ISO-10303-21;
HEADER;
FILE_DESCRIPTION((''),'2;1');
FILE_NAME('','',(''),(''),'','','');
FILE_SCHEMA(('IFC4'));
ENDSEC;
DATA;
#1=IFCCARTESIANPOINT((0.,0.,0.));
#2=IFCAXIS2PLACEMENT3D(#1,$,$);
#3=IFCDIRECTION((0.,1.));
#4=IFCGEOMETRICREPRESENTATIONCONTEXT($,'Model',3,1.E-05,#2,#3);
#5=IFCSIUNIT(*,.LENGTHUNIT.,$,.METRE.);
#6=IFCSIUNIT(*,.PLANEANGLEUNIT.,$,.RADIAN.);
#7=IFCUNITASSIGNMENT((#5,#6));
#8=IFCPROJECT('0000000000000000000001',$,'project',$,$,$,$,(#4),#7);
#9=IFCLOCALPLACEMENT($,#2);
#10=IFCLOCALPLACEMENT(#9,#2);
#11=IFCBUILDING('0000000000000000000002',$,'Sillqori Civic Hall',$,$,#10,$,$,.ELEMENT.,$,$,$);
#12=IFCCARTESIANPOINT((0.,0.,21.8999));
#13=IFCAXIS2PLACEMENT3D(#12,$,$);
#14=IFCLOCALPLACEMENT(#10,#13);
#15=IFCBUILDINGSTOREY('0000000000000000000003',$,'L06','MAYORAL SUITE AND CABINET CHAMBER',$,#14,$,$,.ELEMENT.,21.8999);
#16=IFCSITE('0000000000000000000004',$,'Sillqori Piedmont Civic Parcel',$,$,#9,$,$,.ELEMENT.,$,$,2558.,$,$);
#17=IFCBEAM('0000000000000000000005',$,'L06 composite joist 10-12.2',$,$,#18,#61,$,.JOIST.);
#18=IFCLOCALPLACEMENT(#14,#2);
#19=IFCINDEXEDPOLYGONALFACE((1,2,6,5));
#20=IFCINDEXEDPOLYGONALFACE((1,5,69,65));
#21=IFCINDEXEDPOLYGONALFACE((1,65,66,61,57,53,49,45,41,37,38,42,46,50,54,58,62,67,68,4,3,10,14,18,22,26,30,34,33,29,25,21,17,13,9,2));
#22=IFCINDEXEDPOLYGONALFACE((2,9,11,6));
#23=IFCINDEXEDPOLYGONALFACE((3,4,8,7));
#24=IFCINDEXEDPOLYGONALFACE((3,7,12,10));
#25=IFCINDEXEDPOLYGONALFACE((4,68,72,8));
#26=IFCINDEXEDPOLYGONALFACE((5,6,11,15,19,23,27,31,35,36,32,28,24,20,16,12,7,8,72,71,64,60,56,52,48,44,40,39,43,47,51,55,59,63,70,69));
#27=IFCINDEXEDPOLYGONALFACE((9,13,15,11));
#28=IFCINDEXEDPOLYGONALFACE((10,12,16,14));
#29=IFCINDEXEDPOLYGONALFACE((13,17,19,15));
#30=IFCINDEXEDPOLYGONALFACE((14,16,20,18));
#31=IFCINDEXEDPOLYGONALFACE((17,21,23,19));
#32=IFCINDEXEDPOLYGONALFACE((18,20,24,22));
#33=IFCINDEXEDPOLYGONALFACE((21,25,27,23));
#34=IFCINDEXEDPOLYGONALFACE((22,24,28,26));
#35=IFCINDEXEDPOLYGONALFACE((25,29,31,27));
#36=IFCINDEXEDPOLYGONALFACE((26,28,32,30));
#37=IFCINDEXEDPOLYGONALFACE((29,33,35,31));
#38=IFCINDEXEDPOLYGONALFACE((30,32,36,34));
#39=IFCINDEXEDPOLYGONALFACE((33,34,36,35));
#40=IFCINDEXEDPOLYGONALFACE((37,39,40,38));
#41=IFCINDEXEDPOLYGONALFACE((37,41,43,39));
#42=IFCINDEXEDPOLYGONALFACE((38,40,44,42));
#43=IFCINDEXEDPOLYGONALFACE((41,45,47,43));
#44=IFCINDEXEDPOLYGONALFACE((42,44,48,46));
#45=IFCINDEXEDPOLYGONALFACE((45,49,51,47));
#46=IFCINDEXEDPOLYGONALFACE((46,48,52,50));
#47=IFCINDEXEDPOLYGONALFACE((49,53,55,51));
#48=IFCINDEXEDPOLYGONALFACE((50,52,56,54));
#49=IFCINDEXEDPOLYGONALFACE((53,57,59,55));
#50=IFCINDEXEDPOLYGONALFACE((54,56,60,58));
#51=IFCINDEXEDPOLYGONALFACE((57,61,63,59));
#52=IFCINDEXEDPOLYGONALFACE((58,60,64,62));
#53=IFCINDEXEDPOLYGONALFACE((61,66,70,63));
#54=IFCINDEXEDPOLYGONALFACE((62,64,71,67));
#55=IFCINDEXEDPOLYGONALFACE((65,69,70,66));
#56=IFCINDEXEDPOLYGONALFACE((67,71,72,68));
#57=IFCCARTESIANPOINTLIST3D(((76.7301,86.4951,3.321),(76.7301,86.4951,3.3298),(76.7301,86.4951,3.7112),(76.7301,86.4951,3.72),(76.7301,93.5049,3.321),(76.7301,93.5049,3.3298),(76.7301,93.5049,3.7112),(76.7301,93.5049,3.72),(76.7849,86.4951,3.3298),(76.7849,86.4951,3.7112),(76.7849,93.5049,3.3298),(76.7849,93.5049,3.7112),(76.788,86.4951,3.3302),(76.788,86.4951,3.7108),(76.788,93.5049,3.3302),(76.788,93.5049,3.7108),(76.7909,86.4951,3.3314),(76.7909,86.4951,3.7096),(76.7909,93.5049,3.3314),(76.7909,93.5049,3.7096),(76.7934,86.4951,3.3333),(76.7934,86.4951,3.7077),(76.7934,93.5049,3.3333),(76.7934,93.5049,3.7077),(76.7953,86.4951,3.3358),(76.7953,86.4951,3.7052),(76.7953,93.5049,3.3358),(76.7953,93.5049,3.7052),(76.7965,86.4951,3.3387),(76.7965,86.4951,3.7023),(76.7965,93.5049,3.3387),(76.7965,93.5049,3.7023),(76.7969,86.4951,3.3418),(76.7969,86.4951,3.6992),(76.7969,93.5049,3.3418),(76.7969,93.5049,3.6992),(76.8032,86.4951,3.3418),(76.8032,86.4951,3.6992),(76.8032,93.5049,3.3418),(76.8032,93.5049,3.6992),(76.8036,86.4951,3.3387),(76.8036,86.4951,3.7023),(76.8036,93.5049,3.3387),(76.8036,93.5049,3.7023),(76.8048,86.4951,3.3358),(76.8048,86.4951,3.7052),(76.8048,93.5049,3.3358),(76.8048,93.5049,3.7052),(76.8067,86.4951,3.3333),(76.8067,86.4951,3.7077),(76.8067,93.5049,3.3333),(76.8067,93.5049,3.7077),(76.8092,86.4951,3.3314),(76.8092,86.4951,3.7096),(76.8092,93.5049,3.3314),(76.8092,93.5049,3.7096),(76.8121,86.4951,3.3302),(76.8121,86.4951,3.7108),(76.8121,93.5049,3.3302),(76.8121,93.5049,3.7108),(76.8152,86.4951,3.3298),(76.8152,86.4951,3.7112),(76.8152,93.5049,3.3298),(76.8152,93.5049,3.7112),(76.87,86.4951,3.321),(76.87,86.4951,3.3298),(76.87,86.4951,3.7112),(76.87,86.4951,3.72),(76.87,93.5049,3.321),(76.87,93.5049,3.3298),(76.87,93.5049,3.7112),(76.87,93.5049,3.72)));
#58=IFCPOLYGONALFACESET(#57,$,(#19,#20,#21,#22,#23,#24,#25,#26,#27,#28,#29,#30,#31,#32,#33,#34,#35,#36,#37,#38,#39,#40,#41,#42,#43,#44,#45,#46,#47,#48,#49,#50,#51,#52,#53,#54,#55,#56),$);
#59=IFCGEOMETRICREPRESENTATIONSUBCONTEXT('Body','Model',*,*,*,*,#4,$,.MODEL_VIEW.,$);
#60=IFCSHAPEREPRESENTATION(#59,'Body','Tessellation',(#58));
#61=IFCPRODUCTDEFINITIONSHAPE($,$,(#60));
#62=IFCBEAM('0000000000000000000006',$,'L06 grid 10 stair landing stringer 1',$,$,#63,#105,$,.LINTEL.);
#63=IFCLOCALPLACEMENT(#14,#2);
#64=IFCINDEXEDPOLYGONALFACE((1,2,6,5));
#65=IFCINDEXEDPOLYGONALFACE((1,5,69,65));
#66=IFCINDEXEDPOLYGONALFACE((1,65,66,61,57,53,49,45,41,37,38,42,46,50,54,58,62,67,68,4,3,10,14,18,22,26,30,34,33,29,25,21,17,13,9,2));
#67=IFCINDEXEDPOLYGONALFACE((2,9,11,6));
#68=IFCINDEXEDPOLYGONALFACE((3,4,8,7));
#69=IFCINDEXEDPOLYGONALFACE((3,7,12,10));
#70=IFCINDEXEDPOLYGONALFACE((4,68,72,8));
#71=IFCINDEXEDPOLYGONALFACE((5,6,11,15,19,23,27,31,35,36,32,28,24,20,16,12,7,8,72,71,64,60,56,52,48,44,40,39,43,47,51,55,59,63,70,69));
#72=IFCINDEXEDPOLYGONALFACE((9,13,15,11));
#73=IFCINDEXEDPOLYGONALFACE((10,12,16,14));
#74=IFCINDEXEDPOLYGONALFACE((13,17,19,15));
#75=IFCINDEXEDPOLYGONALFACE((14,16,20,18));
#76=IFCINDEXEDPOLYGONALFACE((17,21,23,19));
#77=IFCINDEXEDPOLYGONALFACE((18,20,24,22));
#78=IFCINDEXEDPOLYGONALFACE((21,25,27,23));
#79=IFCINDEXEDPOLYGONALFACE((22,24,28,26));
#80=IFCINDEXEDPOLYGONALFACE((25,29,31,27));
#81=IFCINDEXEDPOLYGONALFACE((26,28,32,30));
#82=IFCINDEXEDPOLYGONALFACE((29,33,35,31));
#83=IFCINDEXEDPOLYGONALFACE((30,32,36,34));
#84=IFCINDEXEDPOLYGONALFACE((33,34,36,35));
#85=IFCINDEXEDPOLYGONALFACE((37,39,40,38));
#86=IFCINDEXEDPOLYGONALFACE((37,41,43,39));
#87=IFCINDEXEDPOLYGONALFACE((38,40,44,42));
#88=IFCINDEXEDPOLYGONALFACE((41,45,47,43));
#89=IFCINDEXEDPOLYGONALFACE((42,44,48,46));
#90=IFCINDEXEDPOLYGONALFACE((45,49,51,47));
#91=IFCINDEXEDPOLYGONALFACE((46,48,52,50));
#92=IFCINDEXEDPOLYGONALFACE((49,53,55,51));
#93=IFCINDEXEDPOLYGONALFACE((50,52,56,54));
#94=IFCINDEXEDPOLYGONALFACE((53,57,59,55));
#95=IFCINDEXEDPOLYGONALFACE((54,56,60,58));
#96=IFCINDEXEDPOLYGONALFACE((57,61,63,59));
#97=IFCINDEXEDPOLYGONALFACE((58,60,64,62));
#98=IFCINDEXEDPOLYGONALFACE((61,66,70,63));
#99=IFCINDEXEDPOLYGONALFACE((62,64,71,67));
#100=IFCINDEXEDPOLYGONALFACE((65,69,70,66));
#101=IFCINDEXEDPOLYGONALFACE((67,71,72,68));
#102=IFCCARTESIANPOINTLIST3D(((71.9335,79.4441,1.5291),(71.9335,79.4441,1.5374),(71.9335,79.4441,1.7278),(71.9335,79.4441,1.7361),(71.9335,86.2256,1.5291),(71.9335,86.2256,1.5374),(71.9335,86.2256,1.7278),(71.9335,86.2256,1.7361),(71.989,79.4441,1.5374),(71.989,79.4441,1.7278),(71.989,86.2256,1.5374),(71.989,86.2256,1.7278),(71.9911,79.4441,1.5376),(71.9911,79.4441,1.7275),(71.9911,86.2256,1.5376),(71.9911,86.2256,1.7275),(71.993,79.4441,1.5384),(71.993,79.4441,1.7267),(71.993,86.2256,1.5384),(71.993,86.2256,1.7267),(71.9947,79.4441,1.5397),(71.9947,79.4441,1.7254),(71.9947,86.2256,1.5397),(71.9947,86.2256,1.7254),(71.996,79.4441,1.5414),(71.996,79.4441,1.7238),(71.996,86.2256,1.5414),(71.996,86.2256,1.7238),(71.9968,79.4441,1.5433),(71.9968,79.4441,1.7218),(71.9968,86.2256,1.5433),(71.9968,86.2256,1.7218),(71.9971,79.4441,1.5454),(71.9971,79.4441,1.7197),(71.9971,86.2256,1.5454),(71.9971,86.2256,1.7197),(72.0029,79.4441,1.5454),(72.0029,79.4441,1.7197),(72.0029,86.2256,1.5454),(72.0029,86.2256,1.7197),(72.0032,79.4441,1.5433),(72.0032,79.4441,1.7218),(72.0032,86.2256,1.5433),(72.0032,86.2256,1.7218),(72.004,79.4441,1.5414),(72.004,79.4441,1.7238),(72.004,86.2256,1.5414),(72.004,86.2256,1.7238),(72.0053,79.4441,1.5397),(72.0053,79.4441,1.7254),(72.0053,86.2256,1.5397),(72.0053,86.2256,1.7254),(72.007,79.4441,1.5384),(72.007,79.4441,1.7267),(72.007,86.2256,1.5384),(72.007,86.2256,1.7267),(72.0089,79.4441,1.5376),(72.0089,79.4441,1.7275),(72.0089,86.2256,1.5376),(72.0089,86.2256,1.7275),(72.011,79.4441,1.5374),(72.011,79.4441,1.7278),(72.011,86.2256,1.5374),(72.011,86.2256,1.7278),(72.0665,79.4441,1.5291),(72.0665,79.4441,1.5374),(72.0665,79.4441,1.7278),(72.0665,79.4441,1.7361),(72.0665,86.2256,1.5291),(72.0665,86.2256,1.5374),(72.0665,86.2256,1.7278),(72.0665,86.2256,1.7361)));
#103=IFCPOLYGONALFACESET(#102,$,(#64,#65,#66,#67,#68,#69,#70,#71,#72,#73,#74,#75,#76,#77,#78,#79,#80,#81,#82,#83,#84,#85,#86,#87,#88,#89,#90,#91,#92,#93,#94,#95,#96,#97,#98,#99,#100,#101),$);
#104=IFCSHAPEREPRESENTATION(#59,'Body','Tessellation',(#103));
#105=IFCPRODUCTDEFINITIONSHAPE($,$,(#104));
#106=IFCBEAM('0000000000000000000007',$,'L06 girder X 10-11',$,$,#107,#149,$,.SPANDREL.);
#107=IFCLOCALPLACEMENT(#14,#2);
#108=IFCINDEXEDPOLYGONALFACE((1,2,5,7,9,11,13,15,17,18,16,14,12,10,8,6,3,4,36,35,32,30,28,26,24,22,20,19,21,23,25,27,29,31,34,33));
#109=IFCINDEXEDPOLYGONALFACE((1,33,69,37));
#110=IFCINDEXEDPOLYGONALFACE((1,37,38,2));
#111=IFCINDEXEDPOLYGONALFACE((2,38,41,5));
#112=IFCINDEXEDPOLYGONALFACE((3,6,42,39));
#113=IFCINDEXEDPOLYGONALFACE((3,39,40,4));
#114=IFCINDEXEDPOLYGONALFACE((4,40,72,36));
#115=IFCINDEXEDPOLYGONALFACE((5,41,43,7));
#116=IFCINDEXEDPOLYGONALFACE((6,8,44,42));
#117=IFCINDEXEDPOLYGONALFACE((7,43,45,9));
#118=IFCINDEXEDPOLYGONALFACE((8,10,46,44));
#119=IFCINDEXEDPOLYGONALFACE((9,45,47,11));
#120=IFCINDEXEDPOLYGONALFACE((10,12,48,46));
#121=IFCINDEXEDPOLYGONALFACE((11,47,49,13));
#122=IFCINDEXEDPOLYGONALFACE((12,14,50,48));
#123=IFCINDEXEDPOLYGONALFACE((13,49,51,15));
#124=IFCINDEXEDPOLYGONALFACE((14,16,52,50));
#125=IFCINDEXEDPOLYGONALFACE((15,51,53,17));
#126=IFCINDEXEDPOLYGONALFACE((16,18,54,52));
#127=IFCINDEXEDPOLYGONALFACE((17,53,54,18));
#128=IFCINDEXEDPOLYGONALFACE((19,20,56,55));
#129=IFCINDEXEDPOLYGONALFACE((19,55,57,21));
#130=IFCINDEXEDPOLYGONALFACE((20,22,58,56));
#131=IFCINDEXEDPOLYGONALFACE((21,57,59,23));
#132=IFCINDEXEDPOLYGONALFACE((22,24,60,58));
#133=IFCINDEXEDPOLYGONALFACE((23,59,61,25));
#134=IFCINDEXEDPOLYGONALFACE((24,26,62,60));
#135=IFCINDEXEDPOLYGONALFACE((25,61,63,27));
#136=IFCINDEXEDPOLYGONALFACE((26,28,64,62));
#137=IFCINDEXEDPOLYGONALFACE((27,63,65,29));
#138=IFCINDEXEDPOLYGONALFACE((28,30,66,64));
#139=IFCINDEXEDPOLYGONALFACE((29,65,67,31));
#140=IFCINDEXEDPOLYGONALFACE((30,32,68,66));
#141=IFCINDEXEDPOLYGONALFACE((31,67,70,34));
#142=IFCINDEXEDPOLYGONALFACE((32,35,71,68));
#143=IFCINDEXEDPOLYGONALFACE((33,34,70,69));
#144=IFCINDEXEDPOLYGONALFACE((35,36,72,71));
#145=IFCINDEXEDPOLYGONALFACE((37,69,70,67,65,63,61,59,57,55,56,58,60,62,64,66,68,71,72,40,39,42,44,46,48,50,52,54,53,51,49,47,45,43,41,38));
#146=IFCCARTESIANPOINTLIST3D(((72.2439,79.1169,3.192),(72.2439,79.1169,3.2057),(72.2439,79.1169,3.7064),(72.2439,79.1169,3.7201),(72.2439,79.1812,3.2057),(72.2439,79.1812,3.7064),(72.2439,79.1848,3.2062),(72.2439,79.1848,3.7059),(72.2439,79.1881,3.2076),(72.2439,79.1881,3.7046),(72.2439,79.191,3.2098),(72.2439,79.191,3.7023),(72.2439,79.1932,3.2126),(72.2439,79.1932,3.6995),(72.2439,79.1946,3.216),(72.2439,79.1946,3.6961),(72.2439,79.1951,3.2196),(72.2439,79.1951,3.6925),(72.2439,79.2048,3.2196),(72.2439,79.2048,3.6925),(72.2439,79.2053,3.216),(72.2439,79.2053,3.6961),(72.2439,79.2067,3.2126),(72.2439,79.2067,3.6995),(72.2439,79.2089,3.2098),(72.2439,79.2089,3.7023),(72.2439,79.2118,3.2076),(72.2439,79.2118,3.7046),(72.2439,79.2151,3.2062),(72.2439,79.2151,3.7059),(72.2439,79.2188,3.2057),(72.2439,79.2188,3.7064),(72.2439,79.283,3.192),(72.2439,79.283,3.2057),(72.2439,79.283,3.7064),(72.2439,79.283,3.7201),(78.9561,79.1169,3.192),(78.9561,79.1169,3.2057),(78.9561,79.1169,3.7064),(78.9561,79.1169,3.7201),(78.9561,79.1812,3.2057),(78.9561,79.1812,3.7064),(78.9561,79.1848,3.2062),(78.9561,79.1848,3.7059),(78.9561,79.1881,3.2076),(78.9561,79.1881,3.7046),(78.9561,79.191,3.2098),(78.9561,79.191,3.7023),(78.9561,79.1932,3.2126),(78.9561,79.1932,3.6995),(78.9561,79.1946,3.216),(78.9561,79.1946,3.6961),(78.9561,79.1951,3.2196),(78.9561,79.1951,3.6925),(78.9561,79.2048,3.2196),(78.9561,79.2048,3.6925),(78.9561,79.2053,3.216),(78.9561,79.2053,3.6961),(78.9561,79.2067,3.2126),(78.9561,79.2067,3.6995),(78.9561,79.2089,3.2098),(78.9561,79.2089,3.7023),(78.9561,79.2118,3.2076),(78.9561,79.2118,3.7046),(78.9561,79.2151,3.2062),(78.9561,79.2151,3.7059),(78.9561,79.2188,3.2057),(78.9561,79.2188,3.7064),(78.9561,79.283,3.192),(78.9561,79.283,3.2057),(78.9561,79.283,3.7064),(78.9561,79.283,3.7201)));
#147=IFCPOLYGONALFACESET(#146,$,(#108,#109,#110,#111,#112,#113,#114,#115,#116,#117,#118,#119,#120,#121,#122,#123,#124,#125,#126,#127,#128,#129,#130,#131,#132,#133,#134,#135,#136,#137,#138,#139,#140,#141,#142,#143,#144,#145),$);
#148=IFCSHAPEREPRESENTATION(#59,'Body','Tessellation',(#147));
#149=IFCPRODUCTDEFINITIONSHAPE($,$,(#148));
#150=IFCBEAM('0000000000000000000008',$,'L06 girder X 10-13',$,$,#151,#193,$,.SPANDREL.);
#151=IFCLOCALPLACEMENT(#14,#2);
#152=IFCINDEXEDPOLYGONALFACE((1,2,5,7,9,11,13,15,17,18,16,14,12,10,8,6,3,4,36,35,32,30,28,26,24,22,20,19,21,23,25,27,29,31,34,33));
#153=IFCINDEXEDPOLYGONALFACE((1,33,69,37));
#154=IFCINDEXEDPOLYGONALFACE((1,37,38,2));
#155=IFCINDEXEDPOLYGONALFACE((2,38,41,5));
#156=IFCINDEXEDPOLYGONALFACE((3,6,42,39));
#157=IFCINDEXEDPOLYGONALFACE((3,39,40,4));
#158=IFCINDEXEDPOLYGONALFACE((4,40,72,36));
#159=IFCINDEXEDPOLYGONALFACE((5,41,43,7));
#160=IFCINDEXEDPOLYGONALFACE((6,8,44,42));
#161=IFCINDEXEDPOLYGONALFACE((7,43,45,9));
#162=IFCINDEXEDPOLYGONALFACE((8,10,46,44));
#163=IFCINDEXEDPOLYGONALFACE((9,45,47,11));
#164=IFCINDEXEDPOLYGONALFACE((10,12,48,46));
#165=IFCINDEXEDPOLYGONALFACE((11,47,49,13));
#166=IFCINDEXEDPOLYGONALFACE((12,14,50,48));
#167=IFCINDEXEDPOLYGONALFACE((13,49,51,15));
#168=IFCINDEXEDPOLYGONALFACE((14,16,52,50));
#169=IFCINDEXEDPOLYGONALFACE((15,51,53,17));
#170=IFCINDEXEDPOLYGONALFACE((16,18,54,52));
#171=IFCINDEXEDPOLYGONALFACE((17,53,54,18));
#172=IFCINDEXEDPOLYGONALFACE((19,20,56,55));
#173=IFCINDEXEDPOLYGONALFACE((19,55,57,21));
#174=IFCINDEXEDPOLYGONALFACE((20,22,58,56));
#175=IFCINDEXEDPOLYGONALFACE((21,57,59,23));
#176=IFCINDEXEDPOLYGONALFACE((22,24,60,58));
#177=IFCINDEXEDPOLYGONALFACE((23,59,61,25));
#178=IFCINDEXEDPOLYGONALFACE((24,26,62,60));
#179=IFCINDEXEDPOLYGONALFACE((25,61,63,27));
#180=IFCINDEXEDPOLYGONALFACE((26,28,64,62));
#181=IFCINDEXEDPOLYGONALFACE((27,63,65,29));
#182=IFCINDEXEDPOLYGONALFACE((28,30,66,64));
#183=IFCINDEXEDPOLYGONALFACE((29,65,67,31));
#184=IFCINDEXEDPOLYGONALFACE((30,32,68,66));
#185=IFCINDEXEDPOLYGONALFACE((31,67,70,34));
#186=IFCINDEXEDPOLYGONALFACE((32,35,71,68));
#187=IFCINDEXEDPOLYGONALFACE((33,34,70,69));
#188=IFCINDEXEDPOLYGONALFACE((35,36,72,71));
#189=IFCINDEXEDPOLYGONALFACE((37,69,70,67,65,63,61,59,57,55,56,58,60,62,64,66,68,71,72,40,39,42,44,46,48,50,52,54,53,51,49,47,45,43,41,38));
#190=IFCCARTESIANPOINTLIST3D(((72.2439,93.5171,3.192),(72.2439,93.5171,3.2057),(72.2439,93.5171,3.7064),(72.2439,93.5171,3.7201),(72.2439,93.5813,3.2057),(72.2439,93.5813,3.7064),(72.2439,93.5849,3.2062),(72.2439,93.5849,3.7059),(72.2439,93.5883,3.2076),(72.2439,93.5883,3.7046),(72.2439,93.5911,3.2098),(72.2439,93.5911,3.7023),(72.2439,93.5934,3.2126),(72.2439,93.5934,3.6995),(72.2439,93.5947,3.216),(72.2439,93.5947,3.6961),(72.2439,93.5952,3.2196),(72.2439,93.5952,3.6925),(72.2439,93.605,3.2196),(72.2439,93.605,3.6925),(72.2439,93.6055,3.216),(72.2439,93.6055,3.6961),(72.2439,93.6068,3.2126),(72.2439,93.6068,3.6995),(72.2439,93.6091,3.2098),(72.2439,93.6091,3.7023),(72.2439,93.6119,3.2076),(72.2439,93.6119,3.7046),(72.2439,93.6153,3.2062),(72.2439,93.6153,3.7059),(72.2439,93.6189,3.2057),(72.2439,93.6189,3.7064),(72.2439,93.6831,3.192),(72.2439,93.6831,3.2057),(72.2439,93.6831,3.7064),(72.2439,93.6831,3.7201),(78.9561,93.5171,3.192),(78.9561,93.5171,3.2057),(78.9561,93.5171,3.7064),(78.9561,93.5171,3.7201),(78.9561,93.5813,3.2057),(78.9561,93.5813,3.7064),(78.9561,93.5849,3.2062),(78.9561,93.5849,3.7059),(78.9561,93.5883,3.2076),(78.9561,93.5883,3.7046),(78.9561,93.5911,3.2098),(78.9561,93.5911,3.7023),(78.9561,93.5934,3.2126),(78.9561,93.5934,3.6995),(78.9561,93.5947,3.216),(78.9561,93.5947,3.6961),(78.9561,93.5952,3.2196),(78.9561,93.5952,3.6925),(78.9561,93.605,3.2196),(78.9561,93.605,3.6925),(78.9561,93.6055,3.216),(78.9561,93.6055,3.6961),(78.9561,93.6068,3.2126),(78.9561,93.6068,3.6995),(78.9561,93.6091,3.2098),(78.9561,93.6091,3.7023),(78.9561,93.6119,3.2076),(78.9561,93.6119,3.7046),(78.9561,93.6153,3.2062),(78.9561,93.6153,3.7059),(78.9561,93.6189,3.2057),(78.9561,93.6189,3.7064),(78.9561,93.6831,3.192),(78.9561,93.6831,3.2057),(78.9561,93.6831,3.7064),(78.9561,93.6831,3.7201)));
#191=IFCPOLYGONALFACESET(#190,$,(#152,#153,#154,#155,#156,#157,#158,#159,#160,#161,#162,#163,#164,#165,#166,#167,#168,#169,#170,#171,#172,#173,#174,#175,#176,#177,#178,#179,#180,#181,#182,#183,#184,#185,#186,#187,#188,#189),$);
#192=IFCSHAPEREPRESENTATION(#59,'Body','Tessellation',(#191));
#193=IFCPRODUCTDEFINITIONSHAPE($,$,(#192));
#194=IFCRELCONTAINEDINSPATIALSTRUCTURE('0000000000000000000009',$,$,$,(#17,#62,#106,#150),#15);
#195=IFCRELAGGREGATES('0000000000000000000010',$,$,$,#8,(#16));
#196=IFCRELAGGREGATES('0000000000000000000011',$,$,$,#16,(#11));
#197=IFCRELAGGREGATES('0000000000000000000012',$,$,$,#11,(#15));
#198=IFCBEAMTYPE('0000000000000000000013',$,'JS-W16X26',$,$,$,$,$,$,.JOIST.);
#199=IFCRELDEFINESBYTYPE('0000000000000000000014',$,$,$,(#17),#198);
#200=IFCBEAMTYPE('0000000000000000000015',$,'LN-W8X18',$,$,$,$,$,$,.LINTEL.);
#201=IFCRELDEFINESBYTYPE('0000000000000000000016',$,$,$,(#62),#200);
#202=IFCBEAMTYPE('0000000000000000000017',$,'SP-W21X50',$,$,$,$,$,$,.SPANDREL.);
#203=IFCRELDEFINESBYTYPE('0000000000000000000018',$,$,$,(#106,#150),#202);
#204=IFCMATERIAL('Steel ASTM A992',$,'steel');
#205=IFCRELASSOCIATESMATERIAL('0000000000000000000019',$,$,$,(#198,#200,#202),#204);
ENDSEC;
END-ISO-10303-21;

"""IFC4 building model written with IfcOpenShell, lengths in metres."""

from ifc_helpers import new_model, si_unit, direction, frame, origin, origin_2d, place, context, subcontext, project, spatial, i_section, extrude, material, material_profile, profile_set, type_object, element, save


model = new_model("IFC4")

# Units and contexts
model_context = context("Model", 3, precision=1e-05, world=origin(), true_north=direction((0.0, 1.0)))
body_context = subcontext(model_context, "Body", "Model", "MODEL_VIEW")
ifc_project = project(units=[si_unit("LENGTHUNIT", "METRE"), si_unit("PLANEANGLEUNIT", "RADIAN")], contexts=[model_context])

# Site, building, storey
site_placement = place(None, origin())
site = spatial("IfcSite", under=ifc_project, at=site_placement, Name="Sillqori Piedmont Civic Parcel", CompositionType="ELEMENT", RefElevation=2558.0)
building_placement = place(site_placement, origin())
building = spatial("IfcBuilding", under=site, at=building_placement, Name="Sillqori Civic Hall", CompositionType="ELEMENT")
storey_placement = place(building_placement, frame((0.0, 0.0, 21.8999)))
storey = spatial("IfcBuildingStorey", under=building, at=storey_placement, Name="L06", Description="MAYORAL SUITE AND CABINET CHAMBER", CompositionType="ELEMENT", Elevation=21.8999)

# Shared definitions
ifc_material_1 = material(Name="Steel ASTM A992", Category="steel")

# Beams
ifc_material_profile_1 = material_profile(ifc_material_1, i_section(OverallWidth=0.1399, OverallDepth=0.3989, WebThickness=0.0063, FlangeThickness=0.0088, FilletRadius=0.012, at=origin_2d()), Name="W16X26")
ifc_profile_set_1 = profile_set([ifc_material_profile_1], Name="Steel ASTM A992")
beam_type_1 = type_object("IfcBeamType", Name="JS-W16X26", PredefinedType="JOIST", material=ifc_profile_set_1)
for number, where, z_axis, x_axis, name in (
    (1, (76.8, 86.4951, 3.5205), (0.0, 1.0, 0.0), (-1.0, 0.0, 0.0), "L06 composite joist 10-12.2"),
):
    element("IfcBeam", number, at=place(storey_placement, frame(where, z_axis=z_axis, x_axis=x_axis)), inside=storey, type_object=beam_type_1, Name=name, PredefinedType="JOIST", context=body_context, shape_type="SweptSolid", body=[
        extrude(i_section(OverallWidth=0.1399, OverallDepth=0.3989, WebThickness=0.0063, FlangeThickness=0.0088, FilletRadius=0.012, at=origin_2d()), origin(), (0.0, 0.0, 1.0), 7.0098),
    ])
ifc_material_profile_2 = material_profile(ifc_material_1, i_section(OverallWidth=0.1331, OverallDepth=0.207, WebThickness=0.0059, FlangeThickness=0.0083, FilletRadius=0.0081, at=origin_2d()), Name="W8X18")
ifc_profile_set_2 = profile_set([ifc_material_profile_2], Name="Steel ASTM A992")
beam_type_2 = type_object("IfcBeamType", Name="LN-W8X18", PredefinedType="LINTEL", material=ifc_profile_set_2)
beam_1_placement = place(storey_placement, frame((72.0, 79.4441, 1.6326), z_axis=(0.0, 1.0, 0.0), x_axis=(-1.0, 0.0, 0.0)))
element("IfcBeam", 2, at=beam_1_placement, inside=storey, type_object=beam_type_2, Name="L06 grid 10 stair landing stringer 1", PredefinedType="LINTEL", context=body_context, shape_type="SweptSolid", body=[
    extrude(i_section(OverallWidth=0.1331, OverallDepth=0.207, WebThickness=0.0059, FlangeThickness=0.0083, FilletRadius=0.0081, at=origin_2d()), origin(), (0.0, 0.0, 1.0), 6.7815),
])
ifc_material_profile_3 = material_profile(ifc_material_1, i_section(OverallWidth=0.166, OverallDepth=0.5281, WebThickness=0.0098, FlangeThickness=0.0137, FilletRadius=0.0139, at=origin_2d()), Name="W21X50")
ifc_profile_set_3 = profile_set([ifc_material_profile_3], Name="Steel ASTM A992")
beam_type_3 = type_object("IfcBeamType", Name="SP-W21X50", PredefinedType="SPANDREL", material=ifc_profile_set_3)
for number, where, z_axis, x_axis, name in (
    (3, (72.2439, 79.2, 3.4561), (1.0, 0.0, 0.0), (0.0, 1.0, 0.0), "L06 girder X 10-11"),
    (4, (72.2439, 93.6001, 3.4561), (1.0, 0.0, 0.0), (0.0, 1.0, 0.0), "L06 girder X 10-13"),
):
    element("IfcBeam", number, at=place(storey_placement, frame(where, z_axis=z_axis, x_axis=x_axis)), inside=storey, type_object=beam_type_3, Name=name, PredefinedType="SPANDREL", context=body_context, shape_type="SweptSolid", body=[
        extrude(i_section(OverallWidth=0.166, OverallDepth=0.5281, WebThickness=0.0098, FlangeThickness=0.0137, FilletRadius=0.0139, at=origin_2d()), origin(), (0.0, 0.0, 1.0), 6.7122),
    ])

save(model, "model.ifc")
